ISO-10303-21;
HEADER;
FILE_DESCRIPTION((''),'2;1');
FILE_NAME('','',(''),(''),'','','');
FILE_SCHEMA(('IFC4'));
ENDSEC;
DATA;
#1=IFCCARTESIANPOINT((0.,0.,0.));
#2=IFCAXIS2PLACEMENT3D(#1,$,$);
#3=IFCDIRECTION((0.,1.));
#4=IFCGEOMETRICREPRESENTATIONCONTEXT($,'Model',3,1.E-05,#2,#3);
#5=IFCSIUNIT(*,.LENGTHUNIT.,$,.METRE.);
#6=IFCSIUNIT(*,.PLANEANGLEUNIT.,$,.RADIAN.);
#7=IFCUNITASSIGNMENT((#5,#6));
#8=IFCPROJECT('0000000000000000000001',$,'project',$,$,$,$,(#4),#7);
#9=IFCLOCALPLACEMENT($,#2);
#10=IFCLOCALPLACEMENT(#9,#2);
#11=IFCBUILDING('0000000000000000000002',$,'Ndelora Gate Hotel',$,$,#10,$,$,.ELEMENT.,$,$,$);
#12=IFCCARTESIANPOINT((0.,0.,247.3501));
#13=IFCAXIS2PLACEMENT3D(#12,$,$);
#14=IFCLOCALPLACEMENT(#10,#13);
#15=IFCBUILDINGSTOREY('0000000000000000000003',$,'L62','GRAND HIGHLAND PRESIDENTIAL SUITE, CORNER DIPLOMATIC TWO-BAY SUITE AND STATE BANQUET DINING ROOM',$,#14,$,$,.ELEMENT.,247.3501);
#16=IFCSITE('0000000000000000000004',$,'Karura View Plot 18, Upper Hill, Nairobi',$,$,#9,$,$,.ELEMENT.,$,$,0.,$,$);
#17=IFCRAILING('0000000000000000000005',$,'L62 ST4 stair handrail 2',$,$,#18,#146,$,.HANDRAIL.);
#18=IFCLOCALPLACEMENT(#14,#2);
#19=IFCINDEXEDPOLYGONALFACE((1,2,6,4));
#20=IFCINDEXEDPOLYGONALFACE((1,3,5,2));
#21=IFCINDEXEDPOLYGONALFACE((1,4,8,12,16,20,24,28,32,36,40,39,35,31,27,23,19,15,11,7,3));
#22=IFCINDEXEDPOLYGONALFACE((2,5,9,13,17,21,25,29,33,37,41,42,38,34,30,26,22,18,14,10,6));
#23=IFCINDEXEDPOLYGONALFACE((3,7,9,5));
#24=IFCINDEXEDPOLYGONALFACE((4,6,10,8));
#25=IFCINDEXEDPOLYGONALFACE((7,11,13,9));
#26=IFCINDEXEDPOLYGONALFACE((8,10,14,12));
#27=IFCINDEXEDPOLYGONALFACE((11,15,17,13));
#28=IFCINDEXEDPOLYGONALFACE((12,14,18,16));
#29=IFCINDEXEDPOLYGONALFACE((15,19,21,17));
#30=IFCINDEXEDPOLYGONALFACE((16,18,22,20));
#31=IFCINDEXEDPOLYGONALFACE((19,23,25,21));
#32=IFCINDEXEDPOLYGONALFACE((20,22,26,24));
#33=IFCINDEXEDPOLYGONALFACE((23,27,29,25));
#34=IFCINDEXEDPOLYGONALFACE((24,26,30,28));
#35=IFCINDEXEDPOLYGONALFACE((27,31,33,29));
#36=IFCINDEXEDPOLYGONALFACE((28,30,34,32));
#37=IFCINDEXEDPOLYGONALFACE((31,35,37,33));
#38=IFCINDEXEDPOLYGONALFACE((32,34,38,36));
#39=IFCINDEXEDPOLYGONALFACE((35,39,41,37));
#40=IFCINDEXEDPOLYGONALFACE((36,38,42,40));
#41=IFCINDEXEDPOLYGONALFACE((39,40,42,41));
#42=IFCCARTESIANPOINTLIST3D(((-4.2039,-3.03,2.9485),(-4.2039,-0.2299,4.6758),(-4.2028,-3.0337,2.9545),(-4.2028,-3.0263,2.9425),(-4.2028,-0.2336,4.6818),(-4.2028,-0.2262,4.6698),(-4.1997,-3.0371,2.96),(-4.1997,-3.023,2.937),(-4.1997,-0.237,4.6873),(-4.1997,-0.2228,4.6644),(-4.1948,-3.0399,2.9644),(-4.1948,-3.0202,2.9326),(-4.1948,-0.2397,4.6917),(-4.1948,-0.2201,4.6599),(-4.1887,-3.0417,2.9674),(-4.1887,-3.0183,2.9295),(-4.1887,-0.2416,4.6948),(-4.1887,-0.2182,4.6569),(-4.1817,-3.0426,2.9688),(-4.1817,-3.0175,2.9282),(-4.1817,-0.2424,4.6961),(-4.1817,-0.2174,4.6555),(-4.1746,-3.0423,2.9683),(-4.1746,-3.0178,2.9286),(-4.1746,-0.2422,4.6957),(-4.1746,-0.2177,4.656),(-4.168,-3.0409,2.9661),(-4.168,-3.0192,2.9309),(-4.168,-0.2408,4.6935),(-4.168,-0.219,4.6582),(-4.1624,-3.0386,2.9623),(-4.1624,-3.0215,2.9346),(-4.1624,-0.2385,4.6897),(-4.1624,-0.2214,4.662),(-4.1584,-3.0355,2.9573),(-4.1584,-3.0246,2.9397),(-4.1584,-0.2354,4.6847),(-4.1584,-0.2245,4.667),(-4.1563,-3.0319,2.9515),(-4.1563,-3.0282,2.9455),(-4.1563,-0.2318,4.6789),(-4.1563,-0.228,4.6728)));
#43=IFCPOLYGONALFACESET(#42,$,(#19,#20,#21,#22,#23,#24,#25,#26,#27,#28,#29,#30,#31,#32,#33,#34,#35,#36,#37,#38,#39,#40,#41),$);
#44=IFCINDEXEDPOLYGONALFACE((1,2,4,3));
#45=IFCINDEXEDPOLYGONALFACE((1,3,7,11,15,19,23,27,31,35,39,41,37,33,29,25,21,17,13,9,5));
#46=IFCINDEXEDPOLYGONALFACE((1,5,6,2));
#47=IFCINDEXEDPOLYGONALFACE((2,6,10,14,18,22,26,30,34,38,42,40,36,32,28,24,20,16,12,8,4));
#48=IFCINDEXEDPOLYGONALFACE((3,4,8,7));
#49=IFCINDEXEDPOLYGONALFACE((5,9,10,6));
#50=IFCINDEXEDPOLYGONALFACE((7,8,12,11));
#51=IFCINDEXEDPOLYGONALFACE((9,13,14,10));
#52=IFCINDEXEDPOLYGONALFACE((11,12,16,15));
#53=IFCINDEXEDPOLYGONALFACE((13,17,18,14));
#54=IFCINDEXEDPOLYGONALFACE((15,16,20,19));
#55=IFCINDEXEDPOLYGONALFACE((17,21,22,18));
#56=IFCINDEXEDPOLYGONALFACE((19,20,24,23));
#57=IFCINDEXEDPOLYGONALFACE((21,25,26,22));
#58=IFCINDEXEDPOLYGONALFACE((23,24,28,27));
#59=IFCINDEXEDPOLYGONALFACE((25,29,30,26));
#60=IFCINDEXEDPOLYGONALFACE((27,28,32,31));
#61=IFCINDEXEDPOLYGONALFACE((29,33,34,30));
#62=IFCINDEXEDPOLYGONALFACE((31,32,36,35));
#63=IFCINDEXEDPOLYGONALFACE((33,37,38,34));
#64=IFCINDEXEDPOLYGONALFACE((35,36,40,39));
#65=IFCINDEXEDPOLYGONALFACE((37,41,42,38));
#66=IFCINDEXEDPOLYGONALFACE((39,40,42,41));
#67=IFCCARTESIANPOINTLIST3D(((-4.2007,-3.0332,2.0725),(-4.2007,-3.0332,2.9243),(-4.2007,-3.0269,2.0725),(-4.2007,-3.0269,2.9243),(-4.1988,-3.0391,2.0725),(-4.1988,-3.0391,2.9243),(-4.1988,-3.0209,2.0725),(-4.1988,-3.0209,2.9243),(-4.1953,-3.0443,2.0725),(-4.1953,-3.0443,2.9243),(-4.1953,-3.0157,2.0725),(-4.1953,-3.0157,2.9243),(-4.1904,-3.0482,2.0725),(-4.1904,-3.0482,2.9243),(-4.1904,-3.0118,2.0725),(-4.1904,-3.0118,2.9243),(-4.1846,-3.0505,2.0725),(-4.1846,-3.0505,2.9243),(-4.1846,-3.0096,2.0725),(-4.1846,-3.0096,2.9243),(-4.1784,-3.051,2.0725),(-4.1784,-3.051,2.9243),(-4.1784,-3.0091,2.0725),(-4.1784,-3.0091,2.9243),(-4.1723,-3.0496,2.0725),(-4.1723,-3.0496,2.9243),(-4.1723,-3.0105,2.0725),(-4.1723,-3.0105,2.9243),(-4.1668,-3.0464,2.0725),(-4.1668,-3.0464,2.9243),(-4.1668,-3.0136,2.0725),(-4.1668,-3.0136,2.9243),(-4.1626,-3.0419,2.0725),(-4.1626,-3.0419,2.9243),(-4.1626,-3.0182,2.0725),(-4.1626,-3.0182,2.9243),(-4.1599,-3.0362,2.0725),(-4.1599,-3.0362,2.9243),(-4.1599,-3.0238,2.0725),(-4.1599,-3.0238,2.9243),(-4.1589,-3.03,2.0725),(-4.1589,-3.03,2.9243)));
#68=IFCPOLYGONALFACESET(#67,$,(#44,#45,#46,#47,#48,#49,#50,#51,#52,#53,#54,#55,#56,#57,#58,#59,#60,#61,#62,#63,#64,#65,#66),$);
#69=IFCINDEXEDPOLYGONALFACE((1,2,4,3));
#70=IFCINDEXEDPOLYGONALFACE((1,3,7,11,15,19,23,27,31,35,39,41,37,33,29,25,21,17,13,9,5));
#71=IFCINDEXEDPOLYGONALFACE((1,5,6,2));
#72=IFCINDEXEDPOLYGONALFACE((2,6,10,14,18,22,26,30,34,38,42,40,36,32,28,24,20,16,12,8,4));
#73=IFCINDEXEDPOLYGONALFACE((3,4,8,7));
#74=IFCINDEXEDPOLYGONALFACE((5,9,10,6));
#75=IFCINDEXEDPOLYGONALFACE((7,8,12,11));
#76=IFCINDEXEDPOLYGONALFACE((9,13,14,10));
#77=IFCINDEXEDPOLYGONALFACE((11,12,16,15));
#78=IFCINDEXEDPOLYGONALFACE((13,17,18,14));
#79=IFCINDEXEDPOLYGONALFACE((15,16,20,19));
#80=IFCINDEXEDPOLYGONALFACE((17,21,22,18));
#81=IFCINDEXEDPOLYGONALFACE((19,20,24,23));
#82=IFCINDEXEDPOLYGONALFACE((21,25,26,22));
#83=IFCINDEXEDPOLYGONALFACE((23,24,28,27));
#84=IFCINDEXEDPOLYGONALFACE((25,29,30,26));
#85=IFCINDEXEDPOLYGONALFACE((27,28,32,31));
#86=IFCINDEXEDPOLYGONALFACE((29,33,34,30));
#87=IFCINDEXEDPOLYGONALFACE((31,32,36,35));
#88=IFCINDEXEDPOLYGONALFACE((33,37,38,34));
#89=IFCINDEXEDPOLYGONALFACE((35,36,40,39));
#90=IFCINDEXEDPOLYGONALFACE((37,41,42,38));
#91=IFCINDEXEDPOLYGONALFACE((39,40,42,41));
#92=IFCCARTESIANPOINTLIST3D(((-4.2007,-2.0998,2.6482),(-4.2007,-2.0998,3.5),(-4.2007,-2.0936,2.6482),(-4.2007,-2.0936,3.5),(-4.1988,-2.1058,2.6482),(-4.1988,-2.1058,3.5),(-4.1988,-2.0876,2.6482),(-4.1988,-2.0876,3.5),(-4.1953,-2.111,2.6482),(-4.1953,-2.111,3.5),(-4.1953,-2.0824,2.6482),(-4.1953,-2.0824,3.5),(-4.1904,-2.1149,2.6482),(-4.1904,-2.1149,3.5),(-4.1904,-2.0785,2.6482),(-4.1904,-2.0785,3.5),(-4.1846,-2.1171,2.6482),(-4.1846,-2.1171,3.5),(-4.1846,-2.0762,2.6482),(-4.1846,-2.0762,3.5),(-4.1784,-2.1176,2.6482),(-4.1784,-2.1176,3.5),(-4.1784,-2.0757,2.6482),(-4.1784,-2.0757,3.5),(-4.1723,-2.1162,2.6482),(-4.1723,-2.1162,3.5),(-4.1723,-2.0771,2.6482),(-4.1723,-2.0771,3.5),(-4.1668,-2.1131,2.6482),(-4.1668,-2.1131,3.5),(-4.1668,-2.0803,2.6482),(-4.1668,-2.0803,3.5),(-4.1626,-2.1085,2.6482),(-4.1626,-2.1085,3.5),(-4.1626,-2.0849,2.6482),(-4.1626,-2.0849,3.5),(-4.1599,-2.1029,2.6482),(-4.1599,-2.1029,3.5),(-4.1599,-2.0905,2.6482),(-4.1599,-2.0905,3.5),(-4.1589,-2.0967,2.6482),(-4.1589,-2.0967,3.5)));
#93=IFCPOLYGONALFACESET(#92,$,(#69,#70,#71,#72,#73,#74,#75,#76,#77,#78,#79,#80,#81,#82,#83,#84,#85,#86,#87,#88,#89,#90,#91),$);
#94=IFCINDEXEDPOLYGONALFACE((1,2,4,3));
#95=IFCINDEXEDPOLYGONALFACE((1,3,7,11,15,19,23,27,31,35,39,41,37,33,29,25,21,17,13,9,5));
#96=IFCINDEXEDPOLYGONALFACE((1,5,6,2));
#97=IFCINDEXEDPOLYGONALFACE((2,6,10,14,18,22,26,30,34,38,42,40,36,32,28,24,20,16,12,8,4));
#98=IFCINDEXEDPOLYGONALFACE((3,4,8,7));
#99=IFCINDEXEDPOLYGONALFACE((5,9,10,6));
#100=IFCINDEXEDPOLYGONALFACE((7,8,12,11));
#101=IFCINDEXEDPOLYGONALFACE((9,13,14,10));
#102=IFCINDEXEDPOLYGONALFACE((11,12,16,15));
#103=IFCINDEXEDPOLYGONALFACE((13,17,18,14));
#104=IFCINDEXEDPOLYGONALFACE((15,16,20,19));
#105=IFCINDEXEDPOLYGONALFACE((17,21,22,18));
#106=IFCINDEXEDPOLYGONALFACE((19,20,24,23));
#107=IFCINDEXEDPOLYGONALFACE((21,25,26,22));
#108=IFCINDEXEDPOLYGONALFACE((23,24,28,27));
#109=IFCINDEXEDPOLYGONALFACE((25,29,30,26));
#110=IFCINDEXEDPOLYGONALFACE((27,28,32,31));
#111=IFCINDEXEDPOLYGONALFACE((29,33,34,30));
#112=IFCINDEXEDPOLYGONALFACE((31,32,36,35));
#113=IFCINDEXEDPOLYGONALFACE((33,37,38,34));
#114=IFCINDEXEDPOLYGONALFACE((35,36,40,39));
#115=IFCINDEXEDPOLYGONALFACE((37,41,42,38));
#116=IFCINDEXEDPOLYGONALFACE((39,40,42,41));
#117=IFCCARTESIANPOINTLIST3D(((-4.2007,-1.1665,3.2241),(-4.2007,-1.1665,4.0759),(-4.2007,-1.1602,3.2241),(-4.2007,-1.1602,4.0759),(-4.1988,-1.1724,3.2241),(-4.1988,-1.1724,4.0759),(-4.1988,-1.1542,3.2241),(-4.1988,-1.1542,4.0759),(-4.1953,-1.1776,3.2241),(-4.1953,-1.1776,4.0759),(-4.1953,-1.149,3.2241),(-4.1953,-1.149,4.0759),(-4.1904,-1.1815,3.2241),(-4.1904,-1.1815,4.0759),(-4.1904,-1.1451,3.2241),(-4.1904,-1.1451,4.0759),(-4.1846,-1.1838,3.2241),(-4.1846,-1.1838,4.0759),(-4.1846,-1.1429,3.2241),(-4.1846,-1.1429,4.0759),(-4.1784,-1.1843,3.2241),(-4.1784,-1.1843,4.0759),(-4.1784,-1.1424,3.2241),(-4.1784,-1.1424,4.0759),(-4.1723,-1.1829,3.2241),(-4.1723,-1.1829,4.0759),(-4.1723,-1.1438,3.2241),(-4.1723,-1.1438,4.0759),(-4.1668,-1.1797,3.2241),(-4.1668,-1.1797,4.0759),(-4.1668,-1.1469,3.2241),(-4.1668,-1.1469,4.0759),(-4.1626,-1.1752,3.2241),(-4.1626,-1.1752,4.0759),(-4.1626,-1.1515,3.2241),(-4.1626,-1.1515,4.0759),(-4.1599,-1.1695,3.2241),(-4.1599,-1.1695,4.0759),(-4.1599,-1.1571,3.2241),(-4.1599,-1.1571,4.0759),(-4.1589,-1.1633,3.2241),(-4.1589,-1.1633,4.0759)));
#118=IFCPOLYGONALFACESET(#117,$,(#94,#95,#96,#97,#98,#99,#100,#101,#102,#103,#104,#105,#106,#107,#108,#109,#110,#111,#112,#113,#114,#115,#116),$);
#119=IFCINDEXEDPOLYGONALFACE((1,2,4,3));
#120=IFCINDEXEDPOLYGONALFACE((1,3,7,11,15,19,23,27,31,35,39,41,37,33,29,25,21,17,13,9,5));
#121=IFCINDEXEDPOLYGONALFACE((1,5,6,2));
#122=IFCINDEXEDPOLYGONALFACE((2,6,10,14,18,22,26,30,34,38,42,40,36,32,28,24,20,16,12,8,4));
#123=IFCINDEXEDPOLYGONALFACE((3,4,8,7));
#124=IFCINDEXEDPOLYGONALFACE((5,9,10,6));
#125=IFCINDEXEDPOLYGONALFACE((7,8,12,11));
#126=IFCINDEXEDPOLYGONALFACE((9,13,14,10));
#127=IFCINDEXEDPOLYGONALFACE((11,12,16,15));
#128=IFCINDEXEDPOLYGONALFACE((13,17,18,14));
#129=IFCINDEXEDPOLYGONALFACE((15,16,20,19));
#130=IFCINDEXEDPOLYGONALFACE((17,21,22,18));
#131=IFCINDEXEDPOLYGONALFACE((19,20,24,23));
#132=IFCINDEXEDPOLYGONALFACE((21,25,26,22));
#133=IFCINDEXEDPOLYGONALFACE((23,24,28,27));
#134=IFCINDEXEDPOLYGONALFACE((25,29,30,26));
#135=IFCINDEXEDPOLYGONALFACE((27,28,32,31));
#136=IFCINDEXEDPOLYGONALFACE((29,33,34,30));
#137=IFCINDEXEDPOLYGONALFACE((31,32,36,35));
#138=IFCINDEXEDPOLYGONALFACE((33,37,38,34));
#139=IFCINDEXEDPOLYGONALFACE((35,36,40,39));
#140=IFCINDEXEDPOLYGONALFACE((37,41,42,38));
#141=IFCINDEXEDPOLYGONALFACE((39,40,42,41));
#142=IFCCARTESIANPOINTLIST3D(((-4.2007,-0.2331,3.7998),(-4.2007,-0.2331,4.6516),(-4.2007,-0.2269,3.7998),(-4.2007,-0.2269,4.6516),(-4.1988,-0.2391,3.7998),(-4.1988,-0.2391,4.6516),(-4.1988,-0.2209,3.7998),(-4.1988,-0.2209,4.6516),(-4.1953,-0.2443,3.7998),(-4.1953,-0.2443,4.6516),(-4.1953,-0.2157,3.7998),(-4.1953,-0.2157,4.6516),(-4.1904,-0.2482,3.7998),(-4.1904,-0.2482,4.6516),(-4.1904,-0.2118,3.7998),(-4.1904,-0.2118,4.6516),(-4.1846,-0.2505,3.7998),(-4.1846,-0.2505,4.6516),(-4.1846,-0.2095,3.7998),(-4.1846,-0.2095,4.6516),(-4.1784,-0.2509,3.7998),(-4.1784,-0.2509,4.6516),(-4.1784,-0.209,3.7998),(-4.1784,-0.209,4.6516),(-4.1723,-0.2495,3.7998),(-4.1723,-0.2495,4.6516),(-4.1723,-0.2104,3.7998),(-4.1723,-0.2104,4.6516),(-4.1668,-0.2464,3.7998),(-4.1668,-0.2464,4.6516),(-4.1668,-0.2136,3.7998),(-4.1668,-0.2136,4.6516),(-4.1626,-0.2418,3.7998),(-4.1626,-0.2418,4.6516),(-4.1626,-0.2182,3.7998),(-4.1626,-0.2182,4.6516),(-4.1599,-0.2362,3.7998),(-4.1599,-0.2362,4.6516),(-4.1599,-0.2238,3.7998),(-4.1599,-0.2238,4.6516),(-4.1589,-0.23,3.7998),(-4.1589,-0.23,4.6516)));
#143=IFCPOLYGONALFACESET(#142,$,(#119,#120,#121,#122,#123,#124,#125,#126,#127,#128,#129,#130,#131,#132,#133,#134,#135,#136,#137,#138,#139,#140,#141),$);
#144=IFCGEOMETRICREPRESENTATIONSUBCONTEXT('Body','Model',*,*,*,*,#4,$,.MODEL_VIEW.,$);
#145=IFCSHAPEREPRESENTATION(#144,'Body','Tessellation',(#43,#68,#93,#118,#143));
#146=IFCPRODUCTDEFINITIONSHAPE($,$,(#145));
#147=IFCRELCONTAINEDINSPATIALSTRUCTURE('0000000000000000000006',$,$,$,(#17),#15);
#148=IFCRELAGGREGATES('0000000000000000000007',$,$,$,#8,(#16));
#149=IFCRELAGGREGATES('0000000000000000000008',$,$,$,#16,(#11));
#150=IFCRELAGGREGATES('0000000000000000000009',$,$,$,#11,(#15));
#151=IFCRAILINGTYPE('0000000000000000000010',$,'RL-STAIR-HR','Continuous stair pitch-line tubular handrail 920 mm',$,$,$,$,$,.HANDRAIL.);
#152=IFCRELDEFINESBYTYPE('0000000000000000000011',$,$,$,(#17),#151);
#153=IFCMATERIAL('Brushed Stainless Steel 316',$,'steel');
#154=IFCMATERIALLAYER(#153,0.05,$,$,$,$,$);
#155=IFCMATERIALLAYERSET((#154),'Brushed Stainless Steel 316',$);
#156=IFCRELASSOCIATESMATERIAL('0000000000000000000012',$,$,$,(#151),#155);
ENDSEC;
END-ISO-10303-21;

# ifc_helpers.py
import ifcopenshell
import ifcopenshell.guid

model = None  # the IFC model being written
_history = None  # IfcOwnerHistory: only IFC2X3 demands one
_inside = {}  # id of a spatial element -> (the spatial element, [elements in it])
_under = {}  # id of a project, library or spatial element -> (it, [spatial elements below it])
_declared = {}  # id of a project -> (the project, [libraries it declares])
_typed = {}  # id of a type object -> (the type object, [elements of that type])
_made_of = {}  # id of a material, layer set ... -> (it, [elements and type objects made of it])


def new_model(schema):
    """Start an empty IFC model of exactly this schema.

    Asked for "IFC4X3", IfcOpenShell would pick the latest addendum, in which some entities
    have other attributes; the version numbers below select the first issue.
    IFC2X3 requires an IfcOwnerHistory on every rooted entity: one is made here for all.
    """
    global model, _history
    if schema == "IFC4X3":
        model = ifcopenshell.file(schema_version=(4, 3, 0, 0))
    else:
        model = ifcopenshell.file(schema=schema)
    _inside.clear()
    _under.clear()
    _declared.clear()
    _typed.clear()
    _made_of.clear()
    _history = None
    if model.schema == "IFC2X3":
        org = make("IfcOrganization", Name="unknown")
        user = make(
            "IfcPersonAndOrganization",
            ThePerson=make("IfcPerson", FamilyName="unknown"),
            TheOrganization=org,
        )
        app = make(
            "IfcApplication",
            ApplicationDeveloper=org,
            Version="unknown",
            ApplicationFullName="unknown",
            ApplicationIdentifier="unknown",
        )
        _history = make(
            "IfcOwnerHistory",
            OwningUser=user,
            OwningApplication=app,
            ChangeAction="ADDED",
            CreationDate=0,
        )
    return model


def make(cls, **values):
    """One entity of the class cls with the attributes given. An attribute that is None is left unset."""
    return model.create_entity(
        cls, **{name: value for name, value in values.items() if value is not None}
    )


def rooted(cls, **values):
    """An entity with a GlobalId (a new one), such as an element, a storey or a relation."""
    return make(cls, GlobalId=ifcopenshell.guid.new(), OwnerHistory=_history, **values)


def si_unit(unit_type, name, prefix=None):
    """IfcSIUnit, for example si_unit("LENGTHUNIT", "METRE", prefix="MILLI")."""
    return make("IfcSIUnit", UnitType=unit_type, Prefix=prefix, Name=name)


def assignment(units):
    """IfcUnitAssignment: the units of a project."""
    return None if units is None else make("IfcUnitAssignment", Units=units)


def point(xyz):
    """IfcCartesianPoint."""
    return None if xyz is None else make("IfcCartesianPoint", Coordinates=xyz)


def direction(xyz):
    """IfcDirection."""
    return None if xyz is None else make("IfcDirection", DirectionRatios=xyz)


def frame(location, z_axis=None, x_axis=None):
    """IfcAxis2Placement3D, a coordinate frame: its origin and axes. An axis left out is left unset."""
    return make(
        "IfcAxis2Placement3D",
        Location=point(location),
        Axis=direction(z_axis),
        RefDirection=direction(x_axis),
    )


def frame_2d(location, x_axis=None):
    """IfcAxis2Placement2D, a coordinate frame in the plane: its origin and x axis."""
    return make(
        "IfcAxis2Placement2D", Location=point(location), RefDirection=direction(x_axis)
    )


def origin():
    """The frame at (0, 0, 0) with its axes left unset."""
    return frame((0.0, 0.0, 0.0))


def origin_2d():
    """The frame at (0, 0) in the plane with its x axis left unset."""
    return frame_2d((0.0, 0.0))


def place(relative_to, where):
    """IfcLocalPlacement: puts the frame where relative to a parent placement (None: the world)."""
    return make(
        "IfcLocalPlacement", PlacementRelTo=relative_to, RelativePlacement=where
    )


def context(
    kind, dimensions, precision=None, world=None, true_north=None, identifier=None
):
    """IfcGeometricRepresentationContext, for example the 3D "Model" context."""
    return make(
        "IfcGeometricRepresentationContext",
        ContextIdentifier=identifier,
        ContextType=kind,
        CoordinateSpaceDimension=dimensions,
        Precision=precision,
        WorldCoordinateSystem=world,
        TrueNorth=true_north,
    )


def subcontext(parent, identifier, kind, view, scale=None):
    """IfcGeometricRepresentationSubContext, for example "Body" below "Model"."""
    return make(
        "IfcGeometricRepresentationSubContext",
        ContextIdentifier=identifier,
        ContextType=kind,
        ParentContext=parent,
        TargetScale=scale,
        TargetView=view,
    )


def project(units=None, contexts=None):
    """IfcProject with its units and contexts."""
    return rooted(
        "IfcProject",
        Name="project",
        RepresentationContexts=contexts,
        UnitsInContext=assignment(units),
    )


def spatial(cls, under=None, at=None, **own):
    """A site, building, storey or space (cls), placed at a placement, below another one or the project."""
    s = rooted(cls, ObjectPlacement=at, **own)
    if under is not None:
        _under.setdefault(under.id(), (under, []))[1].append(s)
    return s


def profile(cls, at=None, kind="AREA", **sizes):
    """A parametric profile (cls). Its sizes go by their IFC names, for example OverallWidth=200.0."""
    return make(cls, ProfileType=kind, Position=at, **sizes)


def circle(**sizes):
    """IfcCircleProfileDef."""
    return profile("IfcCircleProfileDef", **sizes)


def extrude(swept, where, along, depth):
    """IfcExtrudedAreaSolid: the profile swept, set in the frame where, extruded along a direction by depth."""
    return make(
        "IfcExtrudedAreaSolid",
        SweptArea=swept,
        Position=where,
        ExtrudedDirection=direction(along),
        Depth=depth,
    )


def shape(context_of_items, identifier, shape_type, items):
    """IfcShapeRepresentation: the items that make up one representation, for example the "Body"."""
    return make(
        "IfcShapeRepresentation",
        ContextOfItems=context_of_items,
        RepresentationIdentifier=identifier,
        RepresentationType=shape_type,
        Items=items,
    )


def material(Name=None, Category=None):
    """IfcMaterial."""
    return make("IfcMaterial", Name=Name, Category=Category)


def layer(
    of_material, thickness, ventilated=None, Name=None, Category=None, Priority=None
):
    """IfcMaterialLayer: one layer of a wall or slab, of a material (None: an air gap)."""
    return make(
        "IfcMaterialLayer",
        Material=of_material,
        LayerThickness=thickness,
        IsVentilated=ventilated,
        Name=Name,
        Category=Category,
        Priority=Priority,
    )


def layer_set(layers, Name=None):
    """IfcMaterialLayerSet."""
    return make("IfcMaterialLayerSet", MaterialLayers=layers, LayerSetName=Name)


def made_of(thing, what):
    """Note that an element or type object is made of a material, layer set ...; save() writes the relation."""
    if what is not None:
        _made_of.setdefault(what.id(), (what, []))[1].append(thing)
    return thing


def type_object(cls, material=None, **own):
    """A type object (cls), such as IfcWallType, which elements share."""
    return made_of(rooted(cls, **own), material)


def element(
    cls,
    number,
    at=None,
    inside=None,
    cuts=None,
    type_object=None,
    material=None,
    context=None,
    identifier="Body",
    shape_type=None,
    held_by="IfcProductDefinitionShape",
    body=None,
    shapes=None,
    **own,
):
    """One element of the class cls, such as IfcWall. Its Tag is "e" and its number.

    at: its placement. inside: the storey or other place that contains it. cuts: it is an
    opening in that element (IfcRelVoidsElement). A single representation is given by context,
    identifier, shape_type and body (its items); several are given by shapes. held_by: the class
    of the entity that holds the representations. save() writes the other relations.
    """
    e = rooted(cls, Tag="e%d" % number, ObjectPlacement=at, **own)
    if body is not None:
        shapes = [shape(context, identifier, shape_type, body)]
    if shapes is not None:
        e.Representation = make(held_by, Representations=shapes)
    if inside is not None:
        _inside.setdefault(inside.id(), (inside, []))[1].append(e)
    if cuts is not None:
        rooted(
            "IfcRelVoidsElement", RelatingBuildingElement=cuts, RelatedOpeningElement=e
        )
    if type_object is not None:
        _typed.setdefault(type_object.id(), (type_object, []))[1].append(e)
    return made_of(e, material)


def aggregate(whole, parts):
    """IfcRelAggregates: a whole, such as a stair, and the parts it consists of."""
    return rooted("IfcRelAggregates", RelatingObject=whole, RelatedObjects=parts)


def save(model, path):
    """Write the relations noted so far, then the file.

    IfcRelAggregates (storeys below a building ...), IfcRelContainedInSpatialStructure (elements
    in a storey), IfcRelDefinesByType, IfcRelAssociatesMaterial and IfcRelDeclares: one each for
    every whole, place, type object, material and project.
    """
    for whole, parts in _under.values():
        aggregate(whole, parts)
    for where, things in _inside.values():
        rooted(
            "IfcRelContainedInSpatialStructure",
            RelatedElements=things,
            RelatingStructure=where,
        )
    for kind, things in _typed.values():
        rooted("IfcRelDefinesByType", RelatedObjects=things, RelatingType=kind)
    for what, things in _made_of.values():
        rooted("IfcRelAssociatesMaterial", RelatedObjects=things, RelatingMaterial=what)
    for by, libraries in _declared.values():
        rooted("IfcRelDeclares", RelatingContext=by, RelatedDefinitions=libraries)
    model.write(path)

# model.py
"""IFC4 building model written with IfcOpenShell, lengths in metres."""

from ifc_helpers import new_model, si_unit, direction, frame, origin, origin_2d, place, context, subcontext, project, spatial, circle, extrude, material, layer, layer_set, type_object, element, save


model = new_model("IFC4")

# Units and contexts
model_context = context("Model", 3, precision=1e-05, world=origin(), true_north=direction((0.0, 1.0)))
body_context = subcontext(model_context, "Body", "Model", "MODEL_VIEW")
ifc_project = project(units=[si_unit("LENGTHUNIT", "METRE"), si_unit("PLANEANGLEUNIT", "RADIAN")], contexts=[model_context])

# Site, building, storey
site_placement = place(None, origin())
site = spatial("IfcSite", under=ifc_project, at=site_placement, Name="Karura View Plot 18, Upper Hill, Nairobi", CompositionType="ELEMENT", RefElevation=0.0)
building_placement = place(site_placement, origin())
building = spatial("IfcBuilding", under=site, at=building_placement, Name="Ndelora Gate Hotel", CompositionType="ELEMENT")
storey_placement = place(building_placement, frame((0.0, 0.0, 247.3501)))
storey = spatial("IfcBuildingStorey", under=building, at=storey_placement, Name="L62", Description="GRAND HIGHLAND PRESIDENTIAL SUITE, CORNER DIPLOMATIC TWO-BAY SUITE AND STATE BANQUET DINING ROOM", CompositionType="ELEMENT", Elevation=247.3501)

# Railing
ifc_material_1 = material(Name="Brushed Stainless Steel 316", Category="steel")
ifc_layer_1 = layer(ifc_material_1, 0.05)
ifc_layer_set_1 = layer_set([ifc_layer_1], Name="Brushed Stainless Steel 316")
railing_type_1 = type_object("IfcRailingType", Name="RL-STAIR-HR", Description="Continuous stair pitch-line tubular handrail 920 mm", PredefinedType="HANDRAIL", material=ifc_layer_set_1)
railing_1_placement = place(storey_placement, frame((-4.1799, -3.03, 2.0725)))
element("IfcRailing", 1, at=railing_1_placement, inside=storey, type_object=railing_type_1, Name="L62 ST4 stair handrail 2", PredefinedType="HANDRAIL", context=body_context, shape_type="SweptSolid", body=[
    extrude(circle(Radius=0.0239, at=origin_2d()), frame((0.0, 0.0, 0.876), z_axis=(0.0, 0.85109, 0.52502), x_axis=(-1.0, 0.0, 0.0)), (0.0, 0.0, 1.0), 3.29),
    extrude(circle(Radius=0.021, at=origin_2d()), origin(), (0.0, 0.0, 1.0), 0.8518),
    extrude(circle(Radius=0.021, at=origin_2d()), frame((0.0, 0.9333, 0.5757)), (0.0, 0.0, 1.0), 0.8518),
    extrude(circle(Radius=0.021, at=origin_2d()), frame((0.0, 1.8667, 1.1516)), (0.0, 0.0, 1.0), 0.8518),
    extrude(circle(Radius=0.021, at=origin_2d()), frame((0.0, 2.8, 1.7273)), (0.0, 0.0, 1.0), 0.8518),
])

save(model, "model.ifc")
